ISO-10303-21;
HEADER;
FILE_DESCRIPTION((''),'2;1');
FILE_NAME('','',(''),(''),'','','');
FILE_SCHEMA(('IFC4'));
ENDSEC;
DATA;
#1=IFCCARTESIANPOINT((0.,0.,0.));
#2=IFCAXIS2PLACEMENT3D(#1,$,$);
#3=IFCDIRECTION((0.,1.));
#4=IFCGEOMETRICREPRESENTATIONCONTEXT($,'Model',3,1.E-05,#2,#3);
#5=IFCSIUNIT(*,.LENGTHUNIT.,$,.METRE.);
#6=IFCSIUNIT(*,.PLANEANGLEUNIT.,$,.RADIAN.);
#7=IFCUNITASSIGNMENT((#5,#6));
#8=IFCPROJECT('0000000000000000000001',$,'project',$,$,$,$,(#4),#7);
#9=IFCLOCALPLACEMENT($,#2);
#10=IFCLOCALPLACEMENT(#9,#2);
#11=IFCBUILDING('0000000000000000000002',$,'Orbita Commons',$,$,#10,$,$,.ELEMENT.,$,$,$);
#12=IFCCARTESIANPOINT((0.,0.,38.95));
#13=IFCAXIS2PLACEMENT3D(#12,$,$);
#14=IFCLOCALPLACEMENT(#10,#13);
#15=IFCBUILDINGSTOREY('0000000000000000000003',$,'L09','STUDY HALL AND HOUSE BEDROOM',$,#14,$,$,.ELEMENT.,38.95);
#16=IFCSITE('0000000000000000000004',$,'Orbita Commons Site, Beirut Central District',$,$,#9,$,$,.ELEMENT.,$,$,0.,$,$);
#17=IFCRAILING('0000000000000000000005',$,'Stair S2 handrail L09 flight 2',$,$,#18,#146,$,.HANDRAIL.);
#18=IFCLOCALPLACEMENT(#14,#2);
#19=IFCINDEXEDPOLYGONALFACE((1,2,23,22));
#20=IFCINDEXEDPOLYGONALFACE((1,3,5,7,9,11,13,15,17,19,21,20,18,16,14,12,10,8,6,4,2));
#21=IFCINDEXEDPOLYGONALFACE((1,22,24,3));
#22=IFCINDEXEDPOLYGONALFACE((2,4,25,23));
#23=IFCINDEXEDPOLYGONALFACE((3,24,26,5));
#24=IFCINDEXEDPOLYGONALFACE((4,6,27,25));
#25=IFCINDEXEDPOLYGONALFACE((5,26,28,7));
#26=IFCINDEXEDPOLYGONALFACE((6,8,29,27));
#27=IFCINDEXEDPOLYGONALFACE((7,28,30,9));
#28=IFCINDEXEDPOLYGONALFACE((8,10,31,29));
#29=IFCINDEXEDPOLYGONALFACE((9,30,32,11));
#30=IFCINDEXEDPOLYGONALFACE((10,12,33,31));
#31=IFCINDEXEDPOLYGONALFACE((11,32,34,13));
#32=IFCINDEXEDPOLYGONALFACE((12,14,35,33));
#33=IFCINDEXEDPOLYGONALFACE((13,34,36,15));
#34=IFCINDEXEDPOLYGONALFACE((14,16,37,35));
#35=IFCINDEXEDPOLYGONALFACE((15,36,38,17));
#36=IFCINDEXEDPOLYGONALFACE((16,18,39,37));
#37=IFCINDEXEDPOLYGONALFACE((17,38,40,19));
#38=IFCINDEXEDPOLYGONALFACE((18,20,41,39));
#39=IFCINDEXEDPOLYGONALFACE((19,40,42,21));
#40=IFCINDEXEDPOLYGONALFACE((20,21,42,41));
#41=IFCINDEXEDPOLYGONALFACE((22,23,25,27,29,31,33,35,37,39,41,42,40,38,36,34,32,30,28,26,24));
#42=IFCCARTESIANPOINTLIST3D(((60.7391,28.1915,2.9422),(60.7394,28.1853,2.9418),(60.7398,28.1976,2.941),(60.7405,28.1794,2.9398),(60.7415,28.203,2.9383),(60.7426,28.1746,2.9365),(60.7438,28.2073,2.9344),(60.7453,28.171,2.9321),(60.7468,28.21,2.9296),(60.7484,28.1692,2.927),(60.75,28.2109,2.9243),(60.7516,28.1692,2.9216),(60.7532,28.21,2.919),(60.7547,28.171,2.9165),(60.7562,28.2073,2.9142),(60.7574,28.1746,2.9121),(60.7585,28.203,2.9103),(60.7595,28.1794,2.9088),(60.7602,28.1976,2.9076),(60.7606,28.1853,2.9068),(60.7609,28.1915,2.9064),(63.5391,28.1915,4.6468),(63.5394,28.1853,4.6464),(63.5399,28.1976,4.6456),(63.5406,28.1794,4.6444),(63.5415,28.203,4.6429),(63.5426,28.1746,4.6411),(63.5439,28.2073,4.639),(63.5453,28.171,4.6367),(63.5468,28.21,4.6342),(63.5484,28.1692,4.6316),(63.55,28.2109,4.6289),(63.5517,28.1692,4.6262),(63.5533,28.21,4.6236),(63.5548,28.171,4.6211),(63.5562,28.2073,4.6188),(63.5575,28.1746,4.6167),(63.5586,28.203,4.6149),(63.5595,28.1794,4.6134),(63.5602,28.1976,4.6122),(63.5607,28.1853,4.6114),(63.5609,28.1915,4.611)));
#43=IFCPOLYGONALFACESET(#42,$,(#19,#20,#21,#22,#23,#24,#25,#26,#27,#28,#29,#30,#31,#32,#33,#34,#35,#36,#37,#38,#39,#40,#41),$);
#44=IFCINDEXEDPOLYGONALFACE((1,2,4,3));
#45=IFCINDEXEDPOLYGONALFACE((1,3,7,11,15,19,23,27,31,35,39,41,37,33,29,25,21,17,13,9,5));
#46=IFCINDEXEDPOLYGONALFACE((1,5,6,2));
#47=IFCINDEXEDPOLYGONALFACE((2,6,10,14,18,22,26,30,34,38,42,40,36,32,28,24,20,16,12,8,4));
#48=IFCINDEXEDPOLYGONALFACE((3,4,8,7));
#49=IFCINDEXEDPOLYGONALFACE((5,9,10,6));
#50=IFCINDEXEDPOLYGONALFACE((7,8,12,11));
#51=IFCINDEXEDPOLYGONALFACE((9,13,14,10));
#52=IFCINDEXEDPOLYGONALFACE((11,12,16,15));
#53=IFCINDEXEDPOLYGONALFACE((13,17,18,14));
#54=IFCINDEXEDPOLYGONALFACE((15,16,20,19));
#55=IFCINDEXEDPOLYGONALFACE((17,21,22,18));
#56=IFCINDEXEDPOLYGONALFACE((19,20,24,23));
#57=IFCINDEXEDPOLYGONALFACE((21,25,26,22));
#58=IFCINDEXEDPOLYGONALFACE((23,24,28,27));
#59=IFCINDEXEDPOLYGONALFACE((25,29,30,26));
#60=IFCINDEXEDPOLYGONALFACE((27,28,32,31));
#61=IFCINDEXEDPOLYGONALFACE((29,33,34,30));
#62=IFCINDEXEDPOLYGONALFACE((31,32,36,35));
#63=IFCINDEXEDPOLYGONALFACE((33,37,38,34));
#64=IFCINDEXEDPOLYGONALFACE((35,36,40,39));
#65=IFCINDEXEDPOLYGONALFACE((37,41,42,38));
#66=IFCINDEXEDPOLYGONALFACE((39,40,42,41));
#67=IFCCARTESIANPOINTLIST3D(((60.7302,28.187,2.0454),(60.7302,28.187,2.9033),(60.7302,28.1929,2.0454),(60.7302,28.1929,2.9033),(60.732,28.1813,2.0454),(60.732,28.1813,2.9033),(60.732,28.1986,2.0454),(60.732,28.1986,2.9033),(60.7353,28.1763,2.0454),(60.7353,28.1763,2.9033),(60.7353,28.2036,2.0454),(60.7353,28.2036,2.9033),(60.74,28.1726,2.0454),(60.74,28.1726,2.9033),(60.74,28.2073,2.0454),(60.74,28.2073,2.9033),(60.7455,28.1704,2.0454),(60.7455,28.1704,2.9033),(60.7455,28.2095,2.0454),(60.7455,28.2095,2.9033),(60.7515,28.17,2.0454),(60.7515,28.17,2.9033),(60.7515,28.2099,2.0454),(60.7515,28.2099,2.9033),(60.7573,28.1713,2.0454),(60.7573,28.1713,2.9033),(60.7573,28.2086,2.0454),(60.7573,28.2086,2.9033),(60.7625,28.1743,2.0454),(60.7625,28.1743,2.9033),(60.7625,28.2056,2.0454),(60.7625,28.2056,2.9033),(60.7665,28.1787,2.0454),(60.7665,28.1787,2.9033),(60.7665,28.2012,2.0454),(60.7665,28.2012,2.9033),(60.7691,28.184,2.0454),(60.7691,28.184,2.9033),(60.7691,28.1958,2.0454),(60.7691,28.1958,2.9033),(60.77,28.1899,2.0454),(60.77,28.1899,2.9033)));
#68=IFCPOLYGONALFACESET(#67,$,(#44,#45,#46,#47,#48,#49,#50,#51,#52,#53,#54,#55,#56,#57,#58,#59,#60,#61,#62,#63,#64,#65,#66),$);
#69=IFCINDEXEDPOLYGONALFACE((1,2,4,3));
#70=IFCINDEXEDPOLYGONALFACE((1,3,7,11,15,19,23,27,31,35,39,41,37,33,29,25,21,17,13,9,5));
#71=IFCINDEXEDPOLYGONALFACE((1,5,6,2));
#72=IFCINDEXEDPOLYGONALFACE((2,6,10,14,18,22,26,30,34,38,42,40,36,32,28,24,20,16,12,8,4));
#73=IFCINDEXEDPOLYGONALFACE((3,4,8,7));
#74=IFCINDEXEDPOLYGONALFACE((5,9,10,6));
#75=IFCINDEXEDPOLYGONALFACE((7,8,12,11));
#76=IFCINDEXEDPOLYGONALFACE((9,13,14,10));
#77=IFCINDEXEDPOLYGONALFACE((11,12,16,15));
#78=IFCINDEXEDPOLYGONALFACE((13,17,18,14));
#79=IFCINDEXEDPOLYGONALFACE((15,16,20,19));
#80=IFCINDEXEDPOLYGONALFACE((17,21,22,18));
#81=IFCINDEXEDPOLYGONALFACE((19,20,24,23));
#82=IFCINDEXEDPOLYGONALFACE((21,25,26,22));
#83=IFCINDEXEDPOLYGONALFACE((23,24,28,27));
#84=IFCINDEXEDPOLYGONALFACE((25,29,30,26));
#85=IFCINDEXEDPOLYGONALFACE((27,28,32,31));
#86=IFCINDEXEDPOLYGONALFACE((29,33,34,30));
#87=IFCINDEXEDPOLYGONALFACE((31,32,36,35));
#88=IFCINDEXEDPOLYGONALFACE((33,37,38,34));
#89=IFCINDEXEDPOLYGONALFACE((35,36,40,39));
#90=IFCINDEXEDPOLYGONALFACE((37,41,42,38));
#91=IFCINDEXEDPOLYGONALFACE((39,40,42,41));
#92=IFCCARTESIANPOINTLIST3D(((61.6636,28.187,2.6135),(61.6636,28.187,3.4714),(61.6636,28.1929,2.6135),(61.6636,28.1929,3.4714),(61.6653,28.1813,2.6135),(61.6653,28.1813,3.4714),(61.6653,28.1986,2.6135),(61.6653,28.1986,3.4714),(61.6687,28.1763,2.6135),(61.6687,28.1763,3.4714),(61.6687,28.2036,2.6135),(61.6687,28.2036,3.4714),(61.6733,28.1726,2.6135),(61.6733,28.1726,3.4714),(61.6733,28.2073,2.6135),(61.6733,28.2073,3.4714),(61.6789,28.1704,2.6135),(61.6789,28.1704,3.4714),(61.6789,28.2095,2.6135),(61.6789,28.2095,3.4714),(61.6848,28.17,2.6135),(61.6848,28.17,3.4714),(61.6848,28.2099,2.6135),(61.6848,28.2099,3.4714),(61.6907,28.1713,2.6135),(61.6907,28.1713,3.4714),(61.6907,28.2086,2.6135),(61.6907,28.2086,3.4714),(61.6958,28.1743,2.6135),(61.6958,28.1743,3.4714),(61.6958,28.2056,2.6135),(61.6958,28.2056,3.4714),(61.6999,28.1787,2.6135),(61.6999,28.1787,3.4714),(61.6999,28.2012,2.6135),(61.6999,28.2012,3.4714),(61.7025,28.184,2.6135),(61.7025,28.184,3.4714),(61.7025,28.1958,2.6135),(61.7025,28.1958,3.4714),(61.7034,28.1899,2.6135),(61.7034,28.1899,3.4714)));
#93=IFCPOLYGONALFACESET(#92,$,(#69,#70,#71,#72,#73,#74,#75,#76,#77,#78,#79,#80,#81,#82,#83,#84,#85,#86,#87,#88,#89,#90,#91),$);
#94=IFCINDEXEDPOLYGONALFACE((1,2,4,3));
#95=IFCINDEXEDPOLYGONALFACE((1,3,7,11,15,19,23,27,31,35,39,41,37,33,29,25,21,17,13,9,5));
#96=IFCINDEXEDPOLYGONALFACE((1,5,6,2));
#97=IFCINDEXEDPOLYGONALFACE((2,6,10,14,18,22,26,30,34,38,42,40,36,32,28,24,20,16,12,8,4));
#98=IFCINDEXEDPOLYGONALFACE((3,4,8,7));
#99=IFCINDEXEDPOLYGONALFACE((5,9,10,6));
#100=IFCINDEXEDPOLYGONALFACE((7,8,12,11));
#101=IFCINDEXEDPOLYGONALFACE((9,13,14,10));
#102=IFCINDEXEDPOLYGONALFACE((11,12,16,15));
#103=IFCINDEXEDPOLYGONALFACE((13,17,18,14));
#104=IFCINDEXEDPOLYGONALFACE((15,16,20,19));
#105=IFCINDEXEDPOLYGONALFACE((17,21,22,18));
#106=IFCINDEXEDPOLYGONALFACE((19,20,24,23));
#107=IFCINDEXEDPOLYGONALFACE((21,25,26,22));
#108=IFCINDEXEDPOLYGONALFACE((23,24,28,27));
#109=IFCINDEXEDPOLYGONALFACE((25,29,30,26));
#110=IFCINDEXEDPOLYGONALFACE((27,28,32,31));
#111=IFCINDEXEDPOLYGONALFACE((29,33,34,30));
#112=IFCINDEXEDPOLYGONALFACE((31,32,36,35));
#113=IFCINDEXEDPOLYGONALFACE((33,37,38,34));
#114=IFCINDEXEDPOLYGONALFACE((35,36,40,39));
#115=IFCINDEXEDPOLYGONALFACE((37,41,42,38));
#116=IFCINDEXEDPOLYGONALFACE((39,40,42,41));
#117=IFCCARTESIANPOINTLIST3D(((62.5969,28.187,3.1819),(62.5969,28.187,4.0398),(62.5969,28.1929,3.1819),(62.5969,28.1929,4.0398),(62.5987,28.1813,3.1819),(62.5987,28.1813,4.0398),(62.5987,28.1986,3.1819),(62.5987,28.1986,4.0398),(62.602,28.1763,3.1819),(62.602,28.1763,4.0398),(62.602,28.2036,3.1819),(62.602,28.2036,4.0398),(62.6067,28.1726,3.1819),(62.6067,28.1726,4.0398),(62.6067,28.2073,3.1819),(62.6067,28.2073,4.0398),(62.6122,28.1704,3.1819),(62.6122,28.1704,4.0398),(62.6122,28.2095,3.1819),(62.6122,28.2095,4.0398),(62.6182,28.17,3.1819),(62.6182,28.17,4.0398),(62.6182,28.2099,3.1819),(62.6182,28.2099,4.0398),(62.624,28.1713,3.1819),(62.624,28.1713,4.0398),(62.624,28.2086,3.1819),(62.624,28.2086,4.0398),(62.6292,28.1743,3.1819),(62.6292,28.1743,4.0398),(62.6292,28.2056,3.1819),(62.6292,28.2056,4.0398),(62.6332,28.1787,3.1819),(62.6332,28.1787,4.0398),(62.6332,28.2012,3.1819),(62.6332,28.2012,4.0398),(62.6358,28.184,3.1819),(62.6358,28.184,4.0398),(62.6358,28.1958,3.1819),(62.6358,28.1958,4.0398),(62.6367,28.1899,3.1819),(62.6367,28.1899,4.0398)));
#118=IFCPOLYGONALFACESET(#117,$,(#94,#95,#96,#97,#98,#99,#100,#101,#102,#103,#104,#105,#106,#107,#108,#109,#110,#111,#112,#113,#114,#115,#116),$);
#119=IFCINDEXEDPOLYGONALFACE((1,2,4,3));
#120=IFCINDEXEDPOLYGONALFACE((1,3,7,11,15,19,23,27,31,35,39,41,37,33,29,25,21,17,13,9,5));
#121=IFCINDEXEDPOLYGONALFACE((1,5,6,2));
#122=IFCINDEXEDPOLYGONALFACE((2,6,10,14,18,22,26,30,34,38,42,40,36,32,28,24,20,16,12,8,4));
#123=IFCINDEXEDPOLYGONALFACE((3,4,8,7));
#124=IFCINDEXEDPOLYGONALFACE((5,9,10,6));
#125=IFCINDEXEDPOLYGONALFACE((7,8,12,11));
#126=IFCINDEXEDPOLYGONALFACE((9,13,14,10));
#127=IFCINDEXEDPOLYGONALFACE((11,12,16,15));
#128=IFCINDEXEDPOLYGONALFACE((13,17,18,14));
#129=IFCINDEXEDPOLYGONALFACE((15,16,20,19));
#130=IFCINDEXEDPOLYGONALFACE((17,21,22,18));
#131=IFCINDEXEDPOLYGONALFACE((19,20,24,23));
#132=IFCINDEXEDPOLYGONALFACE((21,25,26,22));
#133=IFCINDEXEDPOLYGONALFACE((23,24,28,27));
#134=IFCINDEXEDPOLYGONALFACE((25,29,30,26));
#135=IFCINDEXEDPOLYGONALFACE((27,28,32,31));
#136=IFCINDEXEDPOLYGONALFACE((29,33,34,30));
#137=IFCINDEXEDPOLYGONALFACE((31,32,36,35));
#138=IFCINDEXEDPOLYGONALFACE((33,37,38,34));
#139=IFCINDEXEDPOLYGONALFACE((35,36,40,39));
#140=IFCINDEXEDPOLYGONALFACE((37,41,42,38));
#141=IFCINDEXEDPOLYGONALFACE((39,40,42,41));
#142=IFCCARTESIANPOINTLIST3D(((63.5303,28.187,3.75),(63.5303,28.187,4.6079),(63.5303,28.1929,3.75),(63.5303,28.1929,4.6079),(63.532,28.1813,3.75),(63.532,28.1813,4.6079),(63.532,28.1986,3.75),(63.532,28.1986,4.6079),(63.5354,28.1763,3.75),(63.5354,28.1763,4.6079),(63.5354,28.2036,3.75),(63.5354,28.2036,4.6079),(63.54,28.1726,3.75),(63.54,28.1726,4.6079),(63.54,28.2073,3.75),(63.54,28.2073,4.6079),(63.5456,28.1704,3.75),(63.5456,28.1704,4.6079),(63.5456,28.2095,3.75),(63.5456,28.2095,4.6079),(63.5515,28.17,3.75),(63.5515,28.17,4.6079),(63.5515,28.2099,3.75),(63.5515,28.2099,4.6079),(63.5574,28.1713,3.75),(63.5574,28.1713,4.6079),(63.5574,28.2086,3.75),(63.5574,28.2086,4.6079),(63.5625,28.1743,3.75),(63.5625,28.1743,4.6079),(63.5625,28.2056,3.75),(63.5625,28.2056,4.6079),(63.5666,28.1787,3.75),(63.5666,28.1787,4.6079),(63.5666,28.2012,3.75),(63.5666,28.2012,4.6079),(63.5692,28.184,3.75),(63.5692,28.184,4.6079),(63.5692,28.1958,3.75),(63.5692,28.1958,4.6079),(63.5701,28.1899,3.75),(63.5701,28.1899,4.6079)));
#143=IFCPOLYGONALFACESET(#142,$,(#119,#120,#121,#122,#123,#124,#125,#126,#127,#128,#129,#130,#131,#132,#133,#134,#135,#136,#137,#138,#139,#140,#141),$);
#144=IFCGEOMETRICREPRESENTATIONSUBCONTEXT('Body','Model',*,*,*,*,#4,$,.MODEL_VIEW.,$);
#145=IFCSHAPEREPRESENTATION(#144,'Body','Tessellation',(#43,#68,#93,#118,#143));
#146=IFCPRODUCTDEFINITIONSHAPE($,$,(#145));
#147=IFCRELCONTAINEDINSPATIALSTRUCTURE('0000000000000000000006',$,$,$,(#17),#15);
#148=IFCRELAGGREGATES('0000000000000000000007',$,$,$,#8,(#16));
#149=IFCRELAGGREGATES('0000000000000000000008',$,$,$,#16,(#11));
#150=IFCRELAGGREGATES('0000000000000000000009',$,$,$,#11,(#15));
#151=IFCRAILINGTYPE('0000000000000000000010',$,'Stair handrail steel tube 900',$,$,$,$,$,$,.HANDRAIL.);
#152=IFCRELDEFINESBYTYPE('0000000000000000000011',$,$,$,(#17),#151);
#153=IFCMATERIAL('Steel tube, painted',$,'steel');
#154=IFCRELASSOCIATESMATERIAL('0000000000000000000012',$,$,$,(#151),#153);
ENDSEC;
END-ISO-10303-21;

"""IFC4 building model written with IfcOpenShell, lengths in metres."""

from ifc_helpers import new_model, si_unit, direction, frame, origin, origin_2d, place, context, subcontext, project, spatial, circle, extrude, material, type_object, element, save


model = new_model("IFC4")

# Units and contexts
model_context = context("Model", 3, precision=1e-05, world=origin(), true_north=direction((0.0, 1.0)))
body_context = subcontext(model_context, "Body", "Model", "MODEL_VIEW")
ifc_project = project(units=[si_unit("LENGTHUNIT", "METRE"), si_unit("PLANEANGLEUNIT", "RADIAN")], contexts=[model_context])

# Site, building, storey
site_placement = place(None, origin())
site = spatial("IfcSite", under=ifc_project, at=site_placement, Name="Orbita Commons Site, Beirut Central District", CompositionType="ELEMENT", RefElevation=0.0)
building_placement = place(site_placement, origin())
building = spatial("IfcBuilding", under=site, at=building_placement, Name="Orbita Commons", CompositionType="ELEMENT")
storey_placement = place(building_placement, frame((0.0, 0.0, 38.95)))
storey = spatial("IfcBuildingStorey", under=building, at=storey_placement, Name="L09", Description="STUDY HALL AND HOUSE BEDROOM", CompositionType="ELEMENT", Elevation=38.95)

# Railing
ifc_material_1 = material(Name="Steel tube, painted", Category="steel")
railing_type = type_object("IfcRailingType", Name="Stair handrail steel tube 900", PredefinedType="HANDRAIL", material=ifc_material_1)
for number, where, name in (
    (1, (60.75, 28.1899, 2.0454), "Stair S2 handrail L09 flight 2"),
):
    element("IfcRailing", number, at=place(storey_placement, frame(where)), inside=storey, type_object=railing_type, Name=name, PredefinedType="HANDRAIL", context=body_context, shape_type="SweptSolid", body=[
        extrude(circle(Radius=0.021, at=origin_2d()), frame((0.0, 0.0, 0.8789), z_axis=(0.85417, 0.0, 0.519994), x_axis=(0.0, 1.0, 0.0)), (0.0, 0.0, 1.0), 3.2781),
        extrude(circle(Radius=0.02, at=origin_2d()), origin(), (0.0, 0.0, 1.0), 0.8579),
        extrude(circle(Radius=0.02, at=origin_2d()), frame((0.9333, 0.0, 0.5681)), (0.0, 0.0, 1.0), 0.8579),
        extrude(circle(Radius=0.02, at=origin_2d()), frame((1.8667, 0.0, 1.1365)), (0.0, 0.0, 1.0), 0.8579),
        extrude(circle(Radius=0.02, at=origin_2d()), frame((2.8, 0.0, 1.7046)), (0.0, 0.0, 1.0), 0.8579),
    ])

save(model, "model.ifc")
